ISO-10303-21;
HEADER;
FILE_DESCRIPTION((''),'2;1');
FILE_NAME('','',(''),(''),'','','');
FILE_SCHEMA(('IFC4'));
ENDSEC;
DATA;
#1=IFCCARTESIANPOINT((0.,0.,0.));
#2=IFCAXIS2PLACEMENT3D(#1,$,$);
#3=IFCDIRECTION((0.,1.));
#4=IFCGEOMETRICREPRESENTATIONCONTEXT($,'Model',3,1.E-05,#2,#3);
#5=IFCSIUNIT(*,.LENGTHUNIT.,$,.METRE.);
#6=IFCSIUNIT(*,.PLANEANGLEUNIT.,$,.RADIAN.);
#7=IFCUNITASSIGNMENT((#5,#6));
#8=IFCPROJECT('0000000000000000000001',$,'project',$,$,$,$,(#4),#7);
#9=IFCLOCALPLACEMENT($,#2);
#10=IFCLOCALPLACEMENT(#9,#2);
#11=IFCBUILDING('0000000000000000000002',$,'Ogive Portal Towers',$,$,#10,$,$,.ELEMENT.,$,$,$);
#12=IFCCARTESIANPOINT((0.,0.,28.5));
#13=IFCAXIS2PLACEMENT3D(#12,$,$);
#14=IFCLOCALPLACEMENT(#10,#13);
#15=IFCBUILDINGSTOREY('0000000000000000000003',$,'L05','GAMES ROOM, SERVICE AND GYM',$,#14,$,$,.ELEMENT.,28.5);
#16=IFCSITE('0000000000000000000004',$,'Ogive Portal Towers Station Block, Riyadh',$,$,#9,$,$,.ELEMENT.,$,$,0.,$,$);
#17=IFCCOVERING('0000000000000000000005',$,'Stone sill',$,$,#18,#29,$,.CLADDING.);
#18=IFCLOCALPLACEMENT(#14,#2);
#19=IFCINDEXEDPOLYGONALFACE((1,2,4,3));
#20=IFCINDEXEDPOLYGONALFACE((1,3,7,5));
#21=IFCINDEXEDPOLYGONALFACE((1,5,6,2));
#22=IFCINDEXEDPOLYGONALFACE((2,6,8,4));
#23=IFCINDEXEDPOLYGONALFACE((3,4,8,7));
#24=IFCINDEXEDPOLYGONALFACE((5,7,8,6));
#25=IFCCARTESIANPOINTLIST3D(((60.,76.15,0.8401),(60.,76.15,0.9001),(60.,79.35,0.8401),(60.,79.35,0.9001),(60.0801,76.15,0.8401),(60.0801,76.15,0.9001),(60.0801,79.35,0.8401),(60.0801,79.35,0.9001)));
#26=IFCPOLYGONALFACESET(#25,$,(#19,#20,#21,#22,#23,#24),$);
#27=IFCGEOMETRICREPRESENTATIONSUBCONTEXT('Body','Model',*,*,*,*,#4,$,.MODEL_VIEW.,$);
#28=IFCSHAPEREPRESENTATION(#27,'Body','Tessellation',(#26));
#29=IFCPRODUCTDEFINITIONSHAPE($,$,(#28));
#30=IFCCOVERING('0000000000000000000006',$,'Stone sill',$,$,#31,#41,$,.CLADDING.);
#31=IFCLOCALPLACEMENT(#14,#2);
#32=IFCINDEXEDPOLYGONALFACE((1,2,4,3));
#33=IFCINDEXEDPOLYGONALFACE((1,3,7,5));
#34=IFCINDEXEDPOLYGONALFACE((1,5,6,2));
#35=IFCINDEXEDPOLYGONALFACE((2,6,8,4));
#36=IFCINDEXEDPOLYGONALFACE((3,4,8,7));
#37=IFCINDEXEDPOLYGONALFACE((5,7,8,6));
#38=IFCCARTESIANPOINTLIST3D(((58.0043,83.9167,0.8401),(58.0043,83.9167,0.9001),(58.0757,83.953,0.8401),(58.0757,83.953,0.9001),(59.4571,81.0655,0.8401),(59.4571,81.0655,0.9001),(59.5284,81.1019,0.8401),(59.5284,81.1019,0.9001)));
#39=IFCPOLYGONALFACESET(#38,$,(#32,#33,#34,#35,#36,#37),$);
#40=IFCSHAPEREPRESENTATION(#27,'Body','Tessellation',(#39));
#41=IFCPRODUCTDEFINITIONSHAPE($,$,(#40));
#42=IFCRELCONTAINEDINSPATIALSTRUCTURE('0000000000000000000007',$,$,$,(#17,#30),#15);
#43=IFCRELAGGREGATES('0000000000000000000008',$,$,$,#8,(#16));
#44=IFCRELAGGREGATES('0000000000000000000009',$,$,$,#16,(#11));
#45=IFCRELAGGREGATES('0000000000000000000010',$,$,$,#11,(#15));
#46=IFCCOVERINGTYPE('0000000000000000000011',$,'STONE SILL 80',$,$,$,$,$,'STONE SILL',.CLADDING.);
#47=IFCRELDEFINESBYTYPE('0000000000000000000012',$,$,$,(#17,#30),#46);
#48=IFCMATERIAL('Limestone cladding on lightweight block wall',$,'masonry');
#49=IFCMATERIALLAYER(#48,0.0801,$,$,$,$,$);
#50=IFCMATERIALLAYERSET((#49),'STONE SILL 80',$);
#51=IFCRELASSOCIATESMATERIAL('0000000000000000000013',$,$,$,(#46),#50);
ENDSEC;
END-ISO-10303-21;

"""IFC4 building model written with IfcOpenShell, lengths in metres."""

from ifc_helpers import new_model, si_unit, direction, frame, origin, origin_2d, place, context, subcontext, project, spatial, rectangle, extrude, material, layer, layer_set, type_object, element, save


model = new_model("IFC4")

# Units and contexts
model_context = context("Model", 3, precision=1e-05, world=origin(), true_north=direction((0.0, 1.0)))
body_context = subcontext(model_context, "Body", "Model", "MODEL_VIEW")
ifc_project = project(units=[si_unit("LENGTHUNIT", "METRE"), si_unit("PLANEANGLEUNIT", "RADIAN")], contexts=[model_context])

# Site, building, storey
site_placement = place(None, origin())
site = spatial("IfcSite", under=ifc_project, at=site_placement, Name="Ogive Portal Towers Station Block, Riyadh", CompositionType="ELEMENT", RefElevation=0.0)
building_placement = place(site_placement, origin())
building = spatial("IfcBuilding", under=site, at=building_placement, Name="Ogive Portal Towers", CompositionType="ELEMENT")
storey_placement = place(building_placement, frame((0.0, 0.0, 28.5)))
storey = spatial("IfcBuildingStorey", under=building, at=storey_placement, Name="L05", Description="GAMES ROOM, SERVICE AND GYM", CompositionType="ELEMENT", Elevation=28.5)

# Shared definitions
ifc_material_1 = material(Name="Limestone cladding on lightweight block wall", Category="masonry")

# Coverings
ifc_layer_1 = layer(ifc_material_1, 0.0801)
ifc_layer_set_1 = layer_set([ifc_layer_1], Name="STONE SILL 80")
covering_type = type_object("IfcCoveringType", Name="STONE SILL 80", ElementType="STONE SILL", PredefinedType="CLADDING", material=ifc_layer_set_1)
for number, where, z_axis, x_axis, name in (
    (1, (60.04, 77.75, 0.8401), (0.0, 0.0, 1.0), (0.0, 1.0, 0.0), "Stone sill"),
    (2, (58.7664, 82.5093, 0.8401), (0.0, 0.0, 1.0), (-0.45399, 0.891007, 0.0), "Stone sill"),
):
    element("IfcCovering", number, at=place(storey_placement, frame(where, z_axis=z_axis, x_axis=x_axis)), inside=storey, type_object=covering_type, Name=name, PredefinedType="CLADDING", context=body_context, shape_type="SweptSolid", body=[
        extrude(rectangle(XDim=3.2, YDim=0.0801, at=origin_2d()), origin(), (0.0, 0.0, 1.0), 0.0601),
    ])

save(model, "model.ifc")
